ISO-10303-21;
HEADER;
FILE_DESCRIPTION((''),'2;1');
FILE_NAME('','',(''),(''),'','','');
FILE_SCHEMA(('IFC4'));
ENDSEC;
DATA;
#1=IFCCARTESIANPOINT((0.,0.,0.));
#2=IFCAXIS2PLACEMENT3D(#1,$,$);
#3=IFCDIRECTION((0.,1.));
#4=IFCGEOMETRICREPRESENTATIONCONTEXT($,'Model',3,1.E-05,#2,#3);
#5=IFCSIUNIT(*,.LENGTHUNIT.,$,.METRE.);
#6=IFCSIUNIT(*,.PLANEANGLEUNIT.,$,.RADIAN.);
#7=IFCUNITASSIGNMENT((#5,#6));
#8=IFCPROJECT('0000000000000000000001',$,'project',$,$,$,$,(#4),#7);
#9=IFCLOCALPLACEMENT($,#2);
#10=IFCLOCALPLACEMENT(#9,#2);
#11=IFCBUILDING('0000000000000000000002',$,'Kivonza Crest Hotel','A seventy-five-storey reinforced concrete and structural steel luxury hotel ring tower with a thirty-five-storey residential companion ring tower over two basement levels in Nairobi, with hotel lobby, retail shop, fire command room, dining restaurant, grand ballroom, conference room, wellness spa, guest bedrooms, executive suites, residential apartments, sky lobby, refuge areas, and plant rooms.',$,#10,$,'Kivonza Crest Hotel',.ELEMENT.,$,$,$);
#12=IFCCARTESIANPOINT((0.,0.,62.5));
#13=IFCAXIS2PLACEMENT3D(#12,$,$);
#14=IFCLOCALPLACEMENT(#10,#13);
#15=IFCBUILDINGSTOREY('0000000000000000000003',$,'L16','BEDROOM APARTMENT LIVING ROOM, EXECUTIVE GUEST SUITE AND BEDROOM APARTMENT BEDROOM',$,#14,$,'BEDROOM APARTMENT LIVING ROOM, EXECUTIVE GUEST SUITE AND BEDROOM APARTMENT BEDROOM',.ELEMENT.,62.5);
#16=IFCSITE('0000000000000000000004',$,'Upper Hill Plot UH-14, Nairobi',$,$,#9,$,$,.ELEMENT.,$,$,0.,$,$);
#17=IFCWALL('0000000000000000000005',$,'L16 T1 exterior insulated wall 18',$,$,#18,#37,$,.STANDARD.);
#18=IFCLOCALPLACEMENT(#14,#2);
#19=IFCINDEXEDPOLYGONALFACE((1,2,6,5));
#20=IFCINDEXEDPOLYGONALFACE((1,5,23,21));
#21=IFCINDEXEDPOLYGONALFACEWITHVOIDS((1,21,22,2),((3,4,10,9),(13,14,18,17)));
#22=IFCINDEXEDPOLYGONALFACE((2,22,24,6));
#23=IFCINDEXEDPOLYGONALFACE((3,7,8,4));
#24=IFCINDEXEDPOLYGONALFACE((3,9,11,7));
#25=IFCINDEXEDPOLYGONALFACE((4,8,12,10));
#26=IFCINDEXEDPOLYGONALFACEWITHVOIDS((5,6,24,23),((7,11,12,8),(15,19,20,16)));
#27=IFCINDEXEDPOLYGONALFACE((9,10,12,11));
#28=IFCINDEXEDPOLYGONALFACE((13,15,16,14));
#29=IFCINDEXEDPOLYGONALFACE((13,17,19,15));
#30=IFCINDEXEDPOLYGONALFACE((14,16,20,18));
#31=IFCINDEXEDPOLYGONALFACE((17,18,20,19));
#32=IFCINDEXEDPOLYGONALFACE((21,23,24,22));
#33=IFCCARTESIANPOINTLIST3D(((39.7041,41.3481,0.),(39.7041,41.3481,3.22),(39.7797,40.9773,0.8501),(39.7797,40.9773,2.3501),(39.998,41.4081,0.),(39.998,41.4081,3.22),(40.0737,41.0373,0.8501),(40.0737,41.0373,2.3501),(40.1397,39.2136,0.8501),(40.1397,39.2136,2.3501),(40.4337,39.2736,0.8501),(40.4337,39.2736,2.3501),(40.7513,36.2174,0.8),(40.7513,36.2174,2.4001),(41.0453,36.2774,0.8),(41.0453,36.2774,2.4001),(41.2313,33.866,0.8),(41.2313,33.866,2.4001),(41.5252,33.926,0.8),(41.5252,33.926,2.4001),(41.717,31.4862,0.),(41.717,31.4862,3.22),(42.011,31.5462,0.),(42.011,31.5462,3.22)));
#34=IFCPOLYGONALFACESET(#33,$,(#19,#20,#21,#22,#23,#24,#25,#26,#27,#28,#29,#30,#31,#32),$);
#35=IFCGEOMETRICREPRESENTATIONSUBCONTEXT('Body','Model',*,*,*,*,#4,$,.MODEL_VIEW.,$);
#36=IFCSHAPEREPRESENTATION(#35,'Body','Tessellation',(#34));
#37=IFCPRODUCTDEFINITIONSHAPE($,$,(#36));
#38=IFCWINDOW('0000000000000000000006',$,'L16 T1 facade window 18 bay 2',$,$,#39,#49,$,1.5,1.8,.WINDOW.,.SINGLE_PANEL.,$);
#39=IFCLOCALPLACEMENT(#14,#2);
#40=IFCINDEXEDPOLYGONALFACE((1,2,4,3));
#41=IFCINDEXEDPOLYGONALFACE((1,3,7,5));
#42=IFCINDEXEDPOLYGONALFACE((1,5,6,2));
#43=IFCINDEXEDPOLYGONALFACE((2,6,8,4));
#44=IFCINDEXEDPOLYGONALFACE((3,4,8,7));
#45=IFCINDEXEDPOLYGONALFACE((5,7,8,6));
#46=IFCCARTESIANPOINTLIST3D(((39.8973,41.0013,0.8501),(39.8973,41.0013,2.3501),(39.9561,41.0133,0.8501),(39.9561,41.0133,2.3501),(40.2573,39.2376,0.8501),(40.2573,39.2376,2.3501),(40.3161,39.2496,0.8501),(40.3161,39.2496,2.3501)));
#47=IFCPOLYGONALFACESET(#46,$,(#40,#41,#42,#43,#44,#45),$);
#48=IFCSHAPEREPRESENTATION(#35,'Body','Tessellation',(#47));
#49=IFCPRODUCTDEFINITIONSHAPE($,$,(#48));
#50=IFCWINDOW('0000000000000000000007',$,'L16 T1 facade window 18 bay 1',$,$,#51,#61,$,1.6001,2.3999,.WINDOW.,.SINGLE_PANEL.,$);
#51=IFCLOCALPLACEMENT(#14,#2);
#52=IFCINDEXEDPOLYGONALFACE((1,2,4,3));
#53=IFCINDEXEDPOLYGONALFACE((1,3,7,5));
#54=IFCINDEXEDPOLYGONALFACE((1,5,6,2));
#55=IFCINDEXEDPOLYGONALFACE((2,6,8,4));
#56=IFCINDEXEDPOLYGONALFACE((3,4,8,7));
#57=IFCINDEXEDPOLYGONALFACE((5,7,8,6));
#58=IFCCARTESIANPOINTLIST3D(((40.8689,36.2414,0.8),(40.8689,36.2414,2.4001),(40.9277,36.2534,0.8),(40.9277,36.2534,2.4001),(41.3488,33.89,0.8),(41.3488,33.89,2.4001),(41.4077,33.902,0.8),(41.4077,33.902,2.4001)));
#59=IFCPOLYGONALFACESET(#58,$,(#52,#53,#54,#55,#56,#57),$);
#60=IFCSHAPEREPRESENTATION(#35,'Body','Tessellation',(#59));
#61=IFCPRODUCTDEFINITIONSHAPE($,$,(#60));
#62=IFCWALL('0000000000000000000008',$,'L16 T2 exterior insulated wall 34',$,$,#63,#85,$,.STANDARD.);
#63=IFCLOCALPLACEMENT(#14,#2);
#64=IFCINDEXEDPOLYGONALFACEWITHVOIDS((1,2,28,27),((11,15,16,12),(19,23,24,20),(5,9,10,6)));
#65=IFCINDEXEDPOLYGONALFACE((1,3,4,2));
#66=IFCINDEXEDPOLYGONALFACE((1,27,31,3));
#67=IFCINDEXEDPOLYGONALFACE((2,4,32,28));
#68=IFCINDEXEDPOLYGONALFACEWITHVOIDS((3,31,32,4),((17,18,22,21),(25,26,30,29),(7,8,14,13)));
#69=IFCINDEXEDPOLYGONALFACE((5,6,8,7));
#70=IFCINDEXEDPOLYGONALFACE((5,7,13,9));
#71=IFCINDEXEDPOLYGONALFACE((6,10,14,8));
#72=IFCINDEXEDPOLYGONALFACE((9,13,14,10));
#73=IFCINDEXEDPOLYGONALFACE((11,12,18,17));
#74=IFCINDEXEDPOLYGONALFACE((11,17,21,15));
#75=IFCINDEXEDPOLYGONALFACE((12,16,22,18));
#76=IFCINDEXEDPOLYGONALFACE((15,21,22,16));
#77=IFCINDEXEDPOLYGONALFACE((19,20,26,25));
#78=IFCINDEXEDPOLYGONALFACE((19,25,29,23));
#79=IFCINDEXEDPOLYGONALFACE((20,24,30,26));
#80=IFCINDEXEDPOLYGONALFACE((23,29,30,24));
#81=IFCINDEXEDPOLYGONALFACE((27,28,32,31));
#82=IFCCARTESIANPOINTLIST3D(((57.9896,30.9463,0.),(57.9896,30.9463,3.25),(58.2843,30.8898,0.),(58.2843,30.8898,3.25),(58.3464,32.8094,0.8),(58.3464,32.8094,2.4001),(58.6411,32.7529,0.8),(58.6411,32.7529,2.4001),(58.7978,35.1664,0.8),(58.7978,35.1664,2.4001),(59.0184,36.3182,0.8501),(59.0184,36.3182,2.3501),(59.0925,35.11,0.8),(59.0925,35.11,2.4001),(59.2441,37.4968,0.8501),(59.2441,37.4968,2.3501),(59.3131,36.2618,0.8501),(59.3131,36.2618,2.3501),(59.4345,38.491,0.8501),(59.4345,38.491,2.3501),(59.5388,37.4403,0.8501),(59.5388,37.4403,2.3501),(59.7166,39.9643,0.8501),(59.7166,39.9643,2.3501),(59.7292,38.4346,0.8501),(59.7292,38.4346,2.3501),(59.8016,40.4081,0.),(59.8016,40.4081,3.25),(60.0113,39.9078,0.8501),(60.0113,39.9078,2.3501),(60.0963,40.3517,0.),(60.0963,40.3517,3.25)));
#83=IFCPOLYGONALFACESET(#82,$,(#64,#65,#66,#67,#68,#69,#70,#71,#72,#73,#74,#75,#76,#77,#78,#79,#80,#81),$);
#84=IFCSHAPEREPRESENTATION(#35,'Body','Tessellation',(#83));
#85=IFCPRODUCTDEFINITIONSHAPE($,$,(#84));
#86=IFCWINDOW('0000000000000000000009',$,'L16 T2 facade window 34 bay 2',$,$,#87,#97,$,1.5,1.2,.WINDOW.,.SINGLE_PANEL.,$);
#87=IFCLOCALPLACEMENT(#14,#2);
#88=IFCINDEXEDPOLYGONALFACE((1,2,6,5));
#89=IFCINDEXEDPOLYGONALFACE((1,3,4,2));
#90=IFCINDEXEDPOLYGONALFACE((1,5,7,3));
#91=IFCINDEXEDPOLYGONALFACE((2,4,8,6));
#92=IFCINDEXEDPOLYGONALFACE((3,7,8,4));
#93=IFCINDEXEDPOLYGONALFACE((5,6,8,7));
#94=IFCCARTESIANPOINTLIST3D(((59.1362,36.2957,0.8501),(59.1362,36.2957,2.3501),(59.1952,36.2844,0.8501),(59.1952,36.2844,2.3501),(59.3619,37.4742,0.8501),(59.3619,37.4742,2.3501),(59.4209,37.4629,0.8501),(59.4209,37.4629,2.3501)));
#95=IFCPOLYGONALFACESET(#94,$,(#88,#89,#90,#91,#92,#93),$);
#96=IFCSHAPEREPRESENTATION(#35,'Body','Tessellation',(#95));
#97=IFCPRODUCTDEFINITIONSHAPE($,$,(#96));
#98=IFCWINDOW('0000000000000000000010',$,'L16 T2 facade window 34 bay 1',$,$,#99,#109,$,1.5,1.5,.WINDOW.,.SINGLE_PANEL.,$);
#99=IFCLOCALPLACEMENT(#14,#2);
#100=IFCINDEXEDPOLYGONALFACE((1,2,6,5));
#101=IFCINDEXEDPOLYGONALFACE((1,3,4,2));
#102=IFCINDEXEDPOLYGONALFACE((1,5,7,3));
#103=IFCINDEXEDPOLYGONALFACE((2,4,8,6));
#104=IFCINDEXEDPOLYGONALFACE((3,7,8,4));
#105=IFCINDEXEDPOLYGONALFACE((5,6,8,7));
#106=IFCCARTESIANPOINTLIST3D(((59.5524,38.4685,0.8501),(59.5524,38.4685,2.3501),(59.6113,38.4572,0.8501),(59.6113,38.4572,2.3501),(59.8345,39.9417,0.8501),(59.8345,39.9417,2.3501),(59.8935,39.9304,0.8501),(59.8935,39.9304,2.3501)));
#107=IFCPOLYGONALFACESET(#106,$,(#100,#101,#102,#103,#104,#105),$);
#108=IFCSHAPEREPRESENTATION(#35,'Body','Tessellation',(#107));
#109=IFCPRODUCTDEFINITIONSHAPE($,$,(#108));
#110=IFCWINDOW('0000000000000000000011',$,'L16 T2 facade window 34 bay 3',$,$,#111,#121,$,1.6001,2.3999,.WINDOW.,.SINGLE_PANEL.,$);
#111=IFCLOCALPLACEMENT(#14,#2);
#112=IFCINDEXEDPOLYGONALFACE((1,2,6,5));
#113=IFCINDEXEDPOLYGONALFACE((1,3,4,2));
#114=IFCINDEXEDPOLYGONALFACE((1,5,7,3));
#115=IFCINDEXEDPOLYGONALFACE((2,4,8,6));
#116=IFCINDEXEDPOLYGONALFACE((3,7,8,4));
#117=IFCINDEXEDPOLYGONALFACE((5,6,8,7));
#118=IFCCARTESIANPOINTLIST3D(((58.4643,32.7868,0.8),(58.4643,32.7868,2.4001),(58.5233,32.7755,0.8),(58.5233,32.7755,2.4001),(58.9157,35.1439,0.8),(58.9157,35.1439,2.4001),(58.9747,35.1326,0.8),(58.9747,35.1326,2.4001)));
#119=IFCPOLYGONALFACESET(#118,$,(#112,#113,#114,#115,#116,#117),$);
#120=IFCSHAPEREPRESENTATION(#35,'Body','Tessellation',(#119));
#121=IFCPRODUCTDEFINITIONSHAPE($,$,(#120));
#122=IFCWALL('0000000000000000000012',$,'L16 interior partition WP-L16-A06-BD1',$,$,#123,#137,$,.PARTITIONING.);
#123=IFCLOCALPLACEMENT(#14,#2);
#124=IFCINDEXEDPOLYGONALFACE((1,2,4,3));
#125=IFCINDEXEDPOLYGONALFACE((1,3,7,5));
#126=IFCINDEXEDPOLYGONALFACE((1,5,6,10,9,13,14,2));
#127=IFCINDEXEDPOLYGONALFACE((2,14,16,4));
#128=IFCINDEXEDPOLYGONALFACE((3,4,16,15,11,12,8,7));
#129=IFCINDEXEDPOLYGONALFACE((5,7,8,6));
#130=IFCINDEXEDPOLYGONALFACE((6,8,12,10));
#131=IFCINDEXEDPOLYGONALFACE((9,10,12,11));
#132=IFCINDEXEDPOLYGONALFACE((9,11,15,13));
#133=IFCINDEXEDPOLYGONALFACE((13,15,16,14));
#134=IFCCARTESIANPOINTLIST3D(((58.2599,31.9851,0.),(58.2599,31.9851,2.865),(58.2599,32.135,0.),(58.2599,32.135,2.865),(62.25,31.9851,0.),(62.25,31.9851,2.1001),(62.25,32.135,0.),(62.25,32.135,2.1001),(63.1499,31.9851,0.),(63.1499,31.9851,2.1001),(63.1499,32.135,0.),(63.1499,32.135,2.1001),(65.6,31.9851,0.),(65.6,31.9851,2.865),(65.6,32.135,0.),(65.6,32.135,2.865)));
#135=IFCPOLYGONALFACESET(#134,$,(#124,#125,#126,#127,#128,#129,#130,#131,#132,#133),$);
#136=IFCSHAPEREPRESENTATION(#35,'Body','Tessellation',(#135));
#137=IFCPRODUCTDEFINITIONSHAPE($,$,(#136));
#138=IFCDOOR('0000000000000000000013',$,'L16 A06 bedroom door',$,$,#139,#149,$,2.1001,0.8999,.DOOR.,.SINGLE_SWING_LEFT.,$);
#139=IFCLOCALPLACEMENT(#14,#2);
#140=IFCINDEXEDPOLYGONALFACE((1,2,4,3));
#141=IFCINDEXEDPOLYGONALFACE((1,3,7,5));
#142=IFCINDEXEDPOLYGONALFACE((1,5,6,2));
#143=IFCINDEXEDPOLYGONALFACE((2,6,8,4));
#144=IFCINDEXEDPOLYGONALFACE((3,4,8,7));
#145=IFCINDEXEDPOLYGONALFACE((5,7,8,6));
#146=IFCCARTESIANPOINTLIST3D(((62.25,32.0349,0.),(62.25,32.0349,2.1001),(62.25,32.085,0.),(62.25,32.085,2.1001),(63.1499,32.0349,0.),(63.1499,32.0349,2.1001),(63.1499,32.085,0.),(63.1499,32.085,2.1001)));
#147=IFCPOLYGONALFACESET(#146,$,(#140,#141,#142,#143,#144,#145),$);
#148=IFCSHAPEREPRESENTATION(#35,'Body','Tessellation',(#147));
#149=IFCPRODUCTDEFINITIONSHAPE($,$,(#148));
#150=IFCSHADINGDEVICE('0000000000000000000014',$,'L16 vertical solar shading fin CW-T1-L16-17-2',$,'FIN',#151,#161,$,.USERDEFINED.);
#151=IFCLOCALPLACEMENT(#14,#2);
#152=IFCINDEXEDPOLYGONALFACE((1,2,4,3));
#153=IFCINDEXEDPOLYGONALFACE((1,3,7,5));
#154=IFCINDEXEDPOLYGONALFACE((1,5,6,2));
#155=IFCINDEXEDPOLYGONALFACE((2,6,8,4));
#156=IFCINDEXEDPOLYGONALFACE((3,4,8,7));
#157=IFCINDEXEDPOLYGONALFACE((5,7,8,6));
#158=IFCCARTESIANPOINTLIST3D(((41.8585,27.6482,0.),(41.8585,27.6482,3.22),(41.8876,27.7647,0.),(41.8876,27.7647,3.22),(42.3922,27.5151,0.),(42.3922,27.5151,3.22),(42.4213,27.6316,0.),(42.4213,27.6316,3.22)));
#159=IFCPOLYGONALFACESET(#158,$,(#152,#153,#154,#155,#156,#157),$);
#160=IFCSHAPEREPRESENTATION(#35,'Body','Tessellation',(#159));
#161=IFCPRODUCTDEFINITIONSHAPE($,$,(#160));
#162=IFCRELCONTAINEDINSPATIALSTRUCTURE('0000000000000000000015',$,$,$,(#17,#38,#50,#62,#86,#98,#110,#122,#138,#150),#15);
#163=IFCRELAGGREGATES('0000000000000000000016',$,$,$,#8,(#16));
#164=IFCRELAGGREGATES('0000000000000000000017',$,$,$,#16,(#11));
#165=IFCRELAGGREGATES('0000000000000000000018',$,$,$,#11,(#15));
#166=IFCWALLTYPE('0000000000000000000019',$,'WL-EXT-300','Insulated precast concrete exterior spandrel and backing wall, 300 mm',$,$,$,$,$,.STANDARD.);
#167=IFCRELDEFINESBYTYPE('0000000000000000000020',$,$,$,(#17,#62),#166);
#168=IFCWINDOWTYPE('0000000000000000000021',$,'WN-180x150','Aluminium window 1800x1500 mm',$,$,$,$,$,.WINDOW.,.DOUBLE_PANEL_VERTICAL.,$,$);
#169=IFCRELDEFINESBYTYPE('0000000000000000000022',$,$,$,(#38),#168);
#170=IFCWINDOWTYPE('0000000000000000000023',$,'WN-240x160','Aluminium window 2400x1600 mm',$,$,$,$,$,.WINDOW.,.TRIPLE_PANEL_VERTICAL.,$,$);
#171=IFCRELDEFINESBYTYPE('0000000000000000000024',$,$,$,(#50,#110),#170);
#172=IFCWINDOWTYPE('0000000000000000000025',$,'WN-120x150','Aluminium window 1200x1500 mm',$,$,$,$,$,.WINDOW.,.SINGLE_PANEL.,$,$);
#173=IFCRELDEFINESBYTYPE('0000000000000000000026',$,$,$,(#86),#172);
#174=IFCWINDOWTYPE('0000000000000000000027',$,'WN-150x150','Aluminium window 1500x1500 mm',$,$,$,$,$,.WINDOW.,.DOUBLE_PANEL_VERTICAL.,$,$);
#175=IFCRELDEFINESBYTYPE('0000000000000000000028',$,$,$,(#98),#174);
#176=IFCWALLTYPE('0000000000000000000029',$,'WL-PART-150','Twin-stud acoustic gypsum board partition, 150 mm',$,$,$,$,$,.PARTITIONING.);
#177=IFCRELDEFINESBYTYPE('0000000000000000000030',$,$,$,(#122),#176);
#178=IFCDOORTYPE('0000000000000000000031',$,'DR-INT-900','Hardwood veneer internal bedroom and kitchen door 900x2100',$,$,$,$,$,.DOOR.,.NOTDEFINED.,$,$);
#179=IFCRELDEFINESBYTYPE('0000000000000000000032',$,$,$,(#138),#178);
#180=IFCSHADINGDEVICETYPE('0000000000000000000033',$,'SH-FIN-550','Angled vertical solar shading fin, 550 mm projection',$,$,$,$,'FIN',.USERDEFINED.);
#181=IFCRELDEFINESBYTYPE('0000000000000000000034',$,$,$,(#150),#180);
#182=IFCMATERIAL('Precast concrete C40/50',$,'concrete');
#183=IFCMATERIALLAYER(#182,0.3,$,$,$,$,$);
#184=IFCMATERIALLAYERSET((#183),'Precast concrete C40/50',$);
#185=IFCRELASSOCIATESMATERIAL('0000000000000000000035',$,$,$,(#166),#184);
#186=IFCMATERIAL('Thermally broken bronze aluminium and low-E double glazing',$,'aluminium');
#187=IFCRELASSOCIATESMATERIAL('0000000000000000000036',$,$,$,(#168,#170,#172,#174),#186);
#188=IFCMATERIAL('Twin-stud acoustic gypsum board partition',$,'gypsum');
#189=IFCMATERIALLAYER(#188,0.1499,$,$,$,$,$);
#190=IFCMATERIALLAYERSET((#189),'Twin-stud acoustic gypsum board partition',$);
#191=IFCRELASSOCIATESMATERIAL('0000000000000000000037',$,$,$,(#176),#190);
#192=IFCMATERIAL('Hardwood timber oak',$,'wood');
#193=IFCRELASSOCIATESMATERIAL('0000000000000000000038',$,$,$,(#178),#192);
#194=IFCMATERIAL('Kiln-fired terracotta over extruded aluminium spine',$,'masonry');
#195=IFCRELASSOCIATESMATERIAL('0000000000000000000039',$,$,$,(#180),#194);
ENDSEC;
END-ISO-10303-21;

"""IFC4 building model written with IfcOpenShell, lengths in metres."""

from ifc_helpers import new_model, si_unit, direction, frame, frame_2d, origin, origin_2d, place, context, subcontext, project, spatial, rectangle, extrude, material, layer, layer_set, type_object, element, fill, save


model = new_model("IFC4")

# Units and contexts
model_context = context("Model", 3, precision=1e-05, world=origin(), true_north=direction((0.0, 1.0)))
body_context = subcontext(model_context, "Body", "Model", "MODEL_VIEW")
ifc_project = project(units=[si_unit("LENGTHUNIT", "METRE"), si_unit("PLANEANGLEUNIT", "RADIAN")], contexts=[model_context])

# Site, building, storey
site_placement = place(None, origin())
site = spatial("IfcSite", under=ifc_project, at=site_placement, Name="Upper Hill Plot UH-14, Nairobi", CompositionType="ELEMENT", RefElevation=0.0)
building_placement = place(site_placement, origin())
building = spatial("IfcBuilding", under=site, at=building_placement, Name="Kivonza Crest Hotel", Description="A seventy-five-storey reinforced concrete and structural steel luxury hotel ring tower with a thirty-five-storey residential companion ring tower over two basement levels in Nairobi, with hotel lobby, retail shop, fire command room, dining restaurant, grand ballroom, conference room, wellness spa, guest bedrooms, executive suites, residential apartments, sky lobby, refuge areas, and plant rooms.", LongName="Kivonza Crest Hotel", CompositionType="ELEMENT")
storey_placement = place(building_placement, frame((0.0, 0.0, 62.5)))
storey = spatial("IfcBuildingStorey", under=building, at=storey_placement, Name="L16", Description="BEDROOM APARTMENT LIVING ROOM, EXECUTIVE GUEST SUITE AND BEDROOM APARTMENT BEDROOM", LongName="BEDROOM APARTMENT LIVING ROOM, EXECUTIVE GUEST SUITE AND BEDROOM APARTMENT BEDROOM", CompositionType="ELEMENT", Elevation=62.5)

# Walls, openings, windows
ifc_material_1 = material(Name="Precast concrete C40/50", Category="concrete")
ifc_layer_1 = layer(ifc_material_1, 0.3)
ifc_layer_set_1 = layer_set([ifc_layer_1], Name="Precast concrete C40/50")
wall_type_1 = type_object("IfcWallType", Name="WL-EXT-300", Description="Insulated precast concrete exterior spandrel and backing wall, 300 mm", PredefinedType="STANDARD", material=ifc_layer_set_1)
wall_1_placement = place(storey_placement, frame((41.864, 31.5161, 0.0), z_axis=(0.0, 0.0, 1.0), x_axis=(-0.199991, 0.979798, 0.0)))
wall_1 = element("IfcWall", 1, at=wall_1_placement, inside=storey, type_object=wall_type_1, Name="L16 T1 exterior insulated wall 18", PredefinedType="STANDARD", context=body_context, shape_type="SweptSolid", body=[
    extrude(rectangle(XDim=10.0652, YDim=0.3, at=frame_2d((5.0327, 0.0))), origin(), (0.0, 0.0, 1.0), 3.22),
])
opening_1_placement = place(wall_1_placement, frame((2.429, 0.0, 0.8)))
opening_1 = element("IfcOpeningElement", 2, at=opening_1_placement, cuts=wall_1, PredefinedType="OPENING", context=body_context, shape_type="SweptSolid", body=[
    extrude(rectangle(XDim=2.3999, YDim=1.6001, at=frame_2d((1.2, 0.8))), frame((0.0, 0.1602, 0.0), z_axis=(0.0, -1.0, 0.0), x_axis=(1.0, 0.0, 0.0)), (0.0, 0.0, 1.0), 0.3201),
])
opening_2_placement = place(wall_1_placement, frame((7.887, 0.0, 0.8501)))
opening_2 = element("IfcOpeningElement", 3, at=opening_2_placement, cuts=wall_1, PredefinedType="OPENING", context=body_context, shape_type="SweptSolid", body=[
    extrude(rectangle(XDim=1.8, YDim=1.5, at=frame_2d((0.8999, 0.75))), frame((0.0, 0.1602, 0.0), z_axis=(0.0, -1.0, 0.0), x_axis=(1.0, 0.0, 0.0)), (0.0, 0.0, 1.0), 0.3201),
])
ifc_material_2 = material(Name="Thermally broken bronze aluminium and low-E double glazing", Category="aluminium")
window_type_1 = type_object("IfcWindowType", Name="WN-180x150", Description="Aluminium window 1800x1500 mm", PartitioningType="DOUBLE_PANEL_VERTICAL", PredefinedType="WINDOW", material=ifc_material_2)
window_1_placement = place(opening_2_placement, origin())
window_1 = element("IfcWindow", 4, at=window_1_placement, inside=storey, type_object=window_type_1, Name="L16 T1 facade window 18 bay 2", OverallHeight=1.5, OverallWidth=1.8, PartitioningType="SINGLE_PANEL", PredefinedType="WINDOW", context=body_context, shape_type="SweptSolid", body=[
    extrude(rectangle(XDim=1.8, YDim=1.5, at=frame_2d((0.8999, 0.75))), frame((0.0, 0.03, 0.0), z_axis=(0.0, -1.0, 0.0), x_axis=(1.0, 0.0, 0.0)), (0.0, 0.0, 1.0), 0.0601),
])
fill(opening_2, window_1)
window_type_2 = type_object("IfcWindowType", Name="WN-240x160", Description="Aluminium window 2400x1600 mm", PartitioningType="TRIPLE_PANEL_VERTICAL", PredefinedType="WINDOW", material=ifc_material_2)
window_2_placement = place(opening_1_placement, origin())
window_2 = element("IfcWindow", 5, at=window_2_placement, inside=storey, type_object=window_type_2, Name="L16 T1 facade window 18 bay 1", OverallHeight=1.6001, OverallWidth=2.3999, PartitioningType="SINGLE_PANEL", PredefinedType="WINDOW", context=body_context, shape_type="SweptSolid", body=[
    extrude(rectangle(XDim=2.3999, YDim=1.6001, at=frame_2d((1.2, 0.8))), frame((0.0, 0.03, 0.0), z_axis=(0.0, -1.0, 0.0), x_axis=(1.0, 0.0, 0.0)), (0.0, 0.0, 1.0), 0.0601),
])
fill(opening_1, window_2)
wall_2_placement = place(storey_placement, frame((59.949, 40.3799, 0.0), z_axis=(0.0, 0.0, 1.0), x_axis=(-0.188088, -0.982152, 0.0)))
wall_2 = element("IfcWall", 6, at=wall_2_placement, inside=storey, type_object=wall_type_1, Name="L16 T2 exterior insulated wall 34", PredefinedType="STANDARD", context=body_context, shape_type="SweptSolid", body=[
    extrude(rectangle(XDim=9.6338, YDim=0.3, at=frame_2d((4.8169, 0.0))), origin(), (0.0, 0.0, 1.0), 3.25),
])
opening_3_placement = place(wall_2_placement, frame((0.4519, 0.0, 0.8501)))
opening_3 = element("IfcOpeningElement", 7, at=opening_3_placement, cuts=wall_2, PredefinedType="OPENING", context=body_context, shape_type="SweptSolid", body=[
    extrude(rectangle(XDim=1.5, YDim=1.5, at=frame_2d((0.75, 0.75))), frame((0.0, 0.1602, 0.0), z_axis=(0.0, -1.0, 0.0), x_axis=(1.0, 0.0, 0.0)), (0.0, 0.0, 1.0), 0.3201),
])
opening_4_placement = place(wall_2_placement, frame((2.9641, 0.0, 0.8501)))
opening_4 = element("IfcOpeningElement", 8, at=opening_4_placement, cuts=wall_2, PredefinedType="OPENING", context=body_context, shape_type="SweptSolid", body=[
    extrude(rectangle(XDim=1.2, YDim=1.5, at=frame_2d((0.6001, 0.75))), frame((0.0, 0.1602, 0.0), z_axis=(0.0, -1.0, 0.0), x_axis=(1.0, 0.0, 0.0)), (0.0, 0.0, 1.0), 0.3201),
])
opening_5_placement = place(wall_2_placement, frame((5.3369, 0.0, 0.8)))
opening_5 = element("IfcOpeningElement", 9, at=opening_5_placement, cuts=wall_2, PredefinedType="OPENING", context=body_context, shape_type="SweptSolid", body=[
    extrude(rectangle(XDim=2.3999, YDim=1.6001, at=frame_2d((1.2, 0.8))), frame((0.0, 0.1602, 0.0), z_axis=(0.0, -1.0, 0.0), x_axis=(1.0, 0.0, 0.0)), (0.0, 0.0, 1.0), 0.3201),
])
window_type_3 = type_object("IfcWindowType", Name="WN-120x150", Description="Aluminium window 1200x1500 mm", PartitioningType="SINGLE_PANEL", PredefinedType="WINDOW", material=ifc_material_2)
window_3_placement = place(opening_4_placement, origin())
window_3 = element("IfcWindow", 10, at=window_3_placement, inside=storey, type_object=window_type_3, Name="L16 T2 facade window 34 bay 2", OverallHeight=1.5, OverallWidth=1.2, PartitioningType="SINGLE_PANEL", PredefinedType="WINDOW", context=body_context, shape_type="SweptSolid", body=[
    extrude(rectangle(XDim=1.2, YDim=1.5, at=frame_2d((0.6001, 0.75))), frame((0.0, 0.03, 0.0), z_axis=(0.0, -1.0, 0.0), x_axis=(1.0, 0.0, 0.0)), (0.0, 0.0, 1.0), 0.0601),
])
fill(opening_4, window_3)
window_type_4 = type_object("IfcWindowType", Name="WN-150x150", Description="Aluminium window 1500x1500 mm", PartitioningType="DOUBLE_PANEL_VERTICAL", PredefinedType="WINDOW", material=ifc_material_2)
window_4_placement = place(opening_3_placement, origin())
window_4 = element("IfcWindow", 11, at=window_4_placement, inside=storey, type_object=window_type_4, Name="L16 T2 facade window 34 bay 1", OverallHeight=1.5, OverallWidth=1.5, PartitioningType="SINGLE_PANEL", PredefinedType="WINDOW", context=body_context, shape_type="SweptSolid", body=[
    extrude(rectangle(XDim=1.5, YDim=1.5, at=frame_2d((0.75, 0.75))), frame((0.0, 0.03, 0.0), z_axis=(0.0, -1.0, 0.0), x_axis=(1.0, 0.0, 0.0)), (0.0, 0.0, 1.0), 0.0601),
])
fill(opening_3, window_4)
window_5_placement = place(opening_5_placement, origin())
window_5 = element("IfcWindow", 12, at=window_5_placement, inside=storey, type_object=window_type_2, Name="L16 T2 facade window 34 bay 3", OverallHeight=1.6001, OverallWidth=2.3999, PartitioningType="SINGLE_PANEL", PredefinedType="WINDOW", context=body_context, shape_type="SweptSolid", body=[
    extrude(rectangle(XDim=2.3999, YDim=1.6001, at=frame_2d((1.2, 0.8))), frame((0.0, 0.03, 0.0), z_axis=(0.0, -1.0, 0.0), x_axis=(1.0, 0.0, 0.0)), (0.0, 0.0, 1.0), 0.0601),
])
fill(opening_5, window_5)

# Wall, opening, door
ifc_material_3 = material(Name="Twin-stud acoustic gypsum board partition", Category="gypsum")
ifc_layer_2 = layer(ifc_material_3, 0.1499)
ifc_layer_set_2 = layer_set([ifc_layer_2], Name="Twin-stud acoustic gypsum board partition")
wall_type_2 = type_object("IfcWallType", Name="WL-PART-150", Description="Twin-stud acoustic gypsum board partition, 150 mm", PredefinedType="PARTITIONING", material=ifc_layer_set_2)
wall_3_placement = place(storey_placement, frame((58.26, 32.0601, 0.0), z_axis=(0.0, 0.0, 1.0), x_axis=(1.0, 0.0, 0.0)))
wall_3 = element("IfcWall", 13, at=wall_3_placement, inside=storey, type_object=wall_type_2, Name="L16 interior partition WP-L16-A06-BD1", PredefinedType="PARTITIONING", context=body_context, shape_type="SweptSolid", body=[
    extrude(rectangle(XDim=7.3401, YDim=0.1499, at=frame_2d((3.6699, 0.0))), origin(), (0.0, 0.0, 1.0), 2.865),
])
opening_6_placement = place(wall_3_placement, frame((3.99, 0.0, 0.0)))
opening_6 = element("IfcOpeningElement", 14, at=opening_6_placement, cuts=wall_3, PredefinedType="OPENING", context=body_context, shape_type="SweptSolid", body=[
    extrude(rectangle(XDim=0.8999, YDim=2.1001, at=frame_2d((0.45, 1.05))), frame((0.0, 0.085, 0.0), z_axis=(0.0, -1.0, 0.0), x_axis=(1.0, 0.0, 0.0)), (0.0, 0.0, 1.0), 0.1699),
])
ifc_material_4 = material(Name="Hardwood timber oak", Category="wood")
door_type = type_object("IfcDoorType", Name="DR-INT-900", Description="Hardwood veneer internal bedroom and kitchen door 900x2100", OperationType="NOTDEFINED", PredefinedType="DOOR", material=ifc_material_4)
door_placement = place(opening_6_placement, origin())
door = element("IfcDoor", 15, at=door_placement, inside=storey, type_object=door_type, Name="L16 A06 bedroom door", OperationType="SINGLE_SWING_LEFT", OverallHeight=2.1001, OverallWidth=0.8999, PredefinedType="DOOR", context=body_context, shape_type="SweptSolid", body=[
    extrude(rectangle(XDim=0.8999, YDim=2.1001, at=frame_2d((0.45, 1.05))), frame((0.0, 0.0249, 0.0), z_axis=(0.0, -1.0, 0.0), x_axis=(1.0, 0.0, 0.0)), (0.0, 0.0, 1.0), 0.05),
])
fill(opening_6, door)

# Shading device
ifc_material_5 = material(Name="Kiln-fired terracotta over extruded aluminium spine", Category="masonry")
shading_device_type = type_object("IfcShadingDeviceType", Name="SH-FIN-550", Description="Angled vertical solar shading fin, 550 mm projection", ElementType="FIN", PredefinedType="USERDEFINED", material=ifc_material_5)
shading_device_1_placement = place(storey_placement, frame((42.1399, 27.6399, 0.0), z_axis=(0.0, 0.0, 1.0), x_axis=(0.241922, 0.970296, 0.0)))
element("IfcShadingDevice", 16, at=shading_device_1_placement, inside=storey, type_object=shading_device_type, Name="L16 vertical solar shading fin CW-T1-L16-17-2", ObjectType="FIN", PredefinedType="USERDEFINED", context=body_context, shape_type="SweptSolid", body=[
    extrude(rectangle(XDim=0.1201, YDim=0.55, at=origin_2d()), origin(), (0.0, 0.0, 1.0), 3.22),
])

save(model, "model.ifc")
